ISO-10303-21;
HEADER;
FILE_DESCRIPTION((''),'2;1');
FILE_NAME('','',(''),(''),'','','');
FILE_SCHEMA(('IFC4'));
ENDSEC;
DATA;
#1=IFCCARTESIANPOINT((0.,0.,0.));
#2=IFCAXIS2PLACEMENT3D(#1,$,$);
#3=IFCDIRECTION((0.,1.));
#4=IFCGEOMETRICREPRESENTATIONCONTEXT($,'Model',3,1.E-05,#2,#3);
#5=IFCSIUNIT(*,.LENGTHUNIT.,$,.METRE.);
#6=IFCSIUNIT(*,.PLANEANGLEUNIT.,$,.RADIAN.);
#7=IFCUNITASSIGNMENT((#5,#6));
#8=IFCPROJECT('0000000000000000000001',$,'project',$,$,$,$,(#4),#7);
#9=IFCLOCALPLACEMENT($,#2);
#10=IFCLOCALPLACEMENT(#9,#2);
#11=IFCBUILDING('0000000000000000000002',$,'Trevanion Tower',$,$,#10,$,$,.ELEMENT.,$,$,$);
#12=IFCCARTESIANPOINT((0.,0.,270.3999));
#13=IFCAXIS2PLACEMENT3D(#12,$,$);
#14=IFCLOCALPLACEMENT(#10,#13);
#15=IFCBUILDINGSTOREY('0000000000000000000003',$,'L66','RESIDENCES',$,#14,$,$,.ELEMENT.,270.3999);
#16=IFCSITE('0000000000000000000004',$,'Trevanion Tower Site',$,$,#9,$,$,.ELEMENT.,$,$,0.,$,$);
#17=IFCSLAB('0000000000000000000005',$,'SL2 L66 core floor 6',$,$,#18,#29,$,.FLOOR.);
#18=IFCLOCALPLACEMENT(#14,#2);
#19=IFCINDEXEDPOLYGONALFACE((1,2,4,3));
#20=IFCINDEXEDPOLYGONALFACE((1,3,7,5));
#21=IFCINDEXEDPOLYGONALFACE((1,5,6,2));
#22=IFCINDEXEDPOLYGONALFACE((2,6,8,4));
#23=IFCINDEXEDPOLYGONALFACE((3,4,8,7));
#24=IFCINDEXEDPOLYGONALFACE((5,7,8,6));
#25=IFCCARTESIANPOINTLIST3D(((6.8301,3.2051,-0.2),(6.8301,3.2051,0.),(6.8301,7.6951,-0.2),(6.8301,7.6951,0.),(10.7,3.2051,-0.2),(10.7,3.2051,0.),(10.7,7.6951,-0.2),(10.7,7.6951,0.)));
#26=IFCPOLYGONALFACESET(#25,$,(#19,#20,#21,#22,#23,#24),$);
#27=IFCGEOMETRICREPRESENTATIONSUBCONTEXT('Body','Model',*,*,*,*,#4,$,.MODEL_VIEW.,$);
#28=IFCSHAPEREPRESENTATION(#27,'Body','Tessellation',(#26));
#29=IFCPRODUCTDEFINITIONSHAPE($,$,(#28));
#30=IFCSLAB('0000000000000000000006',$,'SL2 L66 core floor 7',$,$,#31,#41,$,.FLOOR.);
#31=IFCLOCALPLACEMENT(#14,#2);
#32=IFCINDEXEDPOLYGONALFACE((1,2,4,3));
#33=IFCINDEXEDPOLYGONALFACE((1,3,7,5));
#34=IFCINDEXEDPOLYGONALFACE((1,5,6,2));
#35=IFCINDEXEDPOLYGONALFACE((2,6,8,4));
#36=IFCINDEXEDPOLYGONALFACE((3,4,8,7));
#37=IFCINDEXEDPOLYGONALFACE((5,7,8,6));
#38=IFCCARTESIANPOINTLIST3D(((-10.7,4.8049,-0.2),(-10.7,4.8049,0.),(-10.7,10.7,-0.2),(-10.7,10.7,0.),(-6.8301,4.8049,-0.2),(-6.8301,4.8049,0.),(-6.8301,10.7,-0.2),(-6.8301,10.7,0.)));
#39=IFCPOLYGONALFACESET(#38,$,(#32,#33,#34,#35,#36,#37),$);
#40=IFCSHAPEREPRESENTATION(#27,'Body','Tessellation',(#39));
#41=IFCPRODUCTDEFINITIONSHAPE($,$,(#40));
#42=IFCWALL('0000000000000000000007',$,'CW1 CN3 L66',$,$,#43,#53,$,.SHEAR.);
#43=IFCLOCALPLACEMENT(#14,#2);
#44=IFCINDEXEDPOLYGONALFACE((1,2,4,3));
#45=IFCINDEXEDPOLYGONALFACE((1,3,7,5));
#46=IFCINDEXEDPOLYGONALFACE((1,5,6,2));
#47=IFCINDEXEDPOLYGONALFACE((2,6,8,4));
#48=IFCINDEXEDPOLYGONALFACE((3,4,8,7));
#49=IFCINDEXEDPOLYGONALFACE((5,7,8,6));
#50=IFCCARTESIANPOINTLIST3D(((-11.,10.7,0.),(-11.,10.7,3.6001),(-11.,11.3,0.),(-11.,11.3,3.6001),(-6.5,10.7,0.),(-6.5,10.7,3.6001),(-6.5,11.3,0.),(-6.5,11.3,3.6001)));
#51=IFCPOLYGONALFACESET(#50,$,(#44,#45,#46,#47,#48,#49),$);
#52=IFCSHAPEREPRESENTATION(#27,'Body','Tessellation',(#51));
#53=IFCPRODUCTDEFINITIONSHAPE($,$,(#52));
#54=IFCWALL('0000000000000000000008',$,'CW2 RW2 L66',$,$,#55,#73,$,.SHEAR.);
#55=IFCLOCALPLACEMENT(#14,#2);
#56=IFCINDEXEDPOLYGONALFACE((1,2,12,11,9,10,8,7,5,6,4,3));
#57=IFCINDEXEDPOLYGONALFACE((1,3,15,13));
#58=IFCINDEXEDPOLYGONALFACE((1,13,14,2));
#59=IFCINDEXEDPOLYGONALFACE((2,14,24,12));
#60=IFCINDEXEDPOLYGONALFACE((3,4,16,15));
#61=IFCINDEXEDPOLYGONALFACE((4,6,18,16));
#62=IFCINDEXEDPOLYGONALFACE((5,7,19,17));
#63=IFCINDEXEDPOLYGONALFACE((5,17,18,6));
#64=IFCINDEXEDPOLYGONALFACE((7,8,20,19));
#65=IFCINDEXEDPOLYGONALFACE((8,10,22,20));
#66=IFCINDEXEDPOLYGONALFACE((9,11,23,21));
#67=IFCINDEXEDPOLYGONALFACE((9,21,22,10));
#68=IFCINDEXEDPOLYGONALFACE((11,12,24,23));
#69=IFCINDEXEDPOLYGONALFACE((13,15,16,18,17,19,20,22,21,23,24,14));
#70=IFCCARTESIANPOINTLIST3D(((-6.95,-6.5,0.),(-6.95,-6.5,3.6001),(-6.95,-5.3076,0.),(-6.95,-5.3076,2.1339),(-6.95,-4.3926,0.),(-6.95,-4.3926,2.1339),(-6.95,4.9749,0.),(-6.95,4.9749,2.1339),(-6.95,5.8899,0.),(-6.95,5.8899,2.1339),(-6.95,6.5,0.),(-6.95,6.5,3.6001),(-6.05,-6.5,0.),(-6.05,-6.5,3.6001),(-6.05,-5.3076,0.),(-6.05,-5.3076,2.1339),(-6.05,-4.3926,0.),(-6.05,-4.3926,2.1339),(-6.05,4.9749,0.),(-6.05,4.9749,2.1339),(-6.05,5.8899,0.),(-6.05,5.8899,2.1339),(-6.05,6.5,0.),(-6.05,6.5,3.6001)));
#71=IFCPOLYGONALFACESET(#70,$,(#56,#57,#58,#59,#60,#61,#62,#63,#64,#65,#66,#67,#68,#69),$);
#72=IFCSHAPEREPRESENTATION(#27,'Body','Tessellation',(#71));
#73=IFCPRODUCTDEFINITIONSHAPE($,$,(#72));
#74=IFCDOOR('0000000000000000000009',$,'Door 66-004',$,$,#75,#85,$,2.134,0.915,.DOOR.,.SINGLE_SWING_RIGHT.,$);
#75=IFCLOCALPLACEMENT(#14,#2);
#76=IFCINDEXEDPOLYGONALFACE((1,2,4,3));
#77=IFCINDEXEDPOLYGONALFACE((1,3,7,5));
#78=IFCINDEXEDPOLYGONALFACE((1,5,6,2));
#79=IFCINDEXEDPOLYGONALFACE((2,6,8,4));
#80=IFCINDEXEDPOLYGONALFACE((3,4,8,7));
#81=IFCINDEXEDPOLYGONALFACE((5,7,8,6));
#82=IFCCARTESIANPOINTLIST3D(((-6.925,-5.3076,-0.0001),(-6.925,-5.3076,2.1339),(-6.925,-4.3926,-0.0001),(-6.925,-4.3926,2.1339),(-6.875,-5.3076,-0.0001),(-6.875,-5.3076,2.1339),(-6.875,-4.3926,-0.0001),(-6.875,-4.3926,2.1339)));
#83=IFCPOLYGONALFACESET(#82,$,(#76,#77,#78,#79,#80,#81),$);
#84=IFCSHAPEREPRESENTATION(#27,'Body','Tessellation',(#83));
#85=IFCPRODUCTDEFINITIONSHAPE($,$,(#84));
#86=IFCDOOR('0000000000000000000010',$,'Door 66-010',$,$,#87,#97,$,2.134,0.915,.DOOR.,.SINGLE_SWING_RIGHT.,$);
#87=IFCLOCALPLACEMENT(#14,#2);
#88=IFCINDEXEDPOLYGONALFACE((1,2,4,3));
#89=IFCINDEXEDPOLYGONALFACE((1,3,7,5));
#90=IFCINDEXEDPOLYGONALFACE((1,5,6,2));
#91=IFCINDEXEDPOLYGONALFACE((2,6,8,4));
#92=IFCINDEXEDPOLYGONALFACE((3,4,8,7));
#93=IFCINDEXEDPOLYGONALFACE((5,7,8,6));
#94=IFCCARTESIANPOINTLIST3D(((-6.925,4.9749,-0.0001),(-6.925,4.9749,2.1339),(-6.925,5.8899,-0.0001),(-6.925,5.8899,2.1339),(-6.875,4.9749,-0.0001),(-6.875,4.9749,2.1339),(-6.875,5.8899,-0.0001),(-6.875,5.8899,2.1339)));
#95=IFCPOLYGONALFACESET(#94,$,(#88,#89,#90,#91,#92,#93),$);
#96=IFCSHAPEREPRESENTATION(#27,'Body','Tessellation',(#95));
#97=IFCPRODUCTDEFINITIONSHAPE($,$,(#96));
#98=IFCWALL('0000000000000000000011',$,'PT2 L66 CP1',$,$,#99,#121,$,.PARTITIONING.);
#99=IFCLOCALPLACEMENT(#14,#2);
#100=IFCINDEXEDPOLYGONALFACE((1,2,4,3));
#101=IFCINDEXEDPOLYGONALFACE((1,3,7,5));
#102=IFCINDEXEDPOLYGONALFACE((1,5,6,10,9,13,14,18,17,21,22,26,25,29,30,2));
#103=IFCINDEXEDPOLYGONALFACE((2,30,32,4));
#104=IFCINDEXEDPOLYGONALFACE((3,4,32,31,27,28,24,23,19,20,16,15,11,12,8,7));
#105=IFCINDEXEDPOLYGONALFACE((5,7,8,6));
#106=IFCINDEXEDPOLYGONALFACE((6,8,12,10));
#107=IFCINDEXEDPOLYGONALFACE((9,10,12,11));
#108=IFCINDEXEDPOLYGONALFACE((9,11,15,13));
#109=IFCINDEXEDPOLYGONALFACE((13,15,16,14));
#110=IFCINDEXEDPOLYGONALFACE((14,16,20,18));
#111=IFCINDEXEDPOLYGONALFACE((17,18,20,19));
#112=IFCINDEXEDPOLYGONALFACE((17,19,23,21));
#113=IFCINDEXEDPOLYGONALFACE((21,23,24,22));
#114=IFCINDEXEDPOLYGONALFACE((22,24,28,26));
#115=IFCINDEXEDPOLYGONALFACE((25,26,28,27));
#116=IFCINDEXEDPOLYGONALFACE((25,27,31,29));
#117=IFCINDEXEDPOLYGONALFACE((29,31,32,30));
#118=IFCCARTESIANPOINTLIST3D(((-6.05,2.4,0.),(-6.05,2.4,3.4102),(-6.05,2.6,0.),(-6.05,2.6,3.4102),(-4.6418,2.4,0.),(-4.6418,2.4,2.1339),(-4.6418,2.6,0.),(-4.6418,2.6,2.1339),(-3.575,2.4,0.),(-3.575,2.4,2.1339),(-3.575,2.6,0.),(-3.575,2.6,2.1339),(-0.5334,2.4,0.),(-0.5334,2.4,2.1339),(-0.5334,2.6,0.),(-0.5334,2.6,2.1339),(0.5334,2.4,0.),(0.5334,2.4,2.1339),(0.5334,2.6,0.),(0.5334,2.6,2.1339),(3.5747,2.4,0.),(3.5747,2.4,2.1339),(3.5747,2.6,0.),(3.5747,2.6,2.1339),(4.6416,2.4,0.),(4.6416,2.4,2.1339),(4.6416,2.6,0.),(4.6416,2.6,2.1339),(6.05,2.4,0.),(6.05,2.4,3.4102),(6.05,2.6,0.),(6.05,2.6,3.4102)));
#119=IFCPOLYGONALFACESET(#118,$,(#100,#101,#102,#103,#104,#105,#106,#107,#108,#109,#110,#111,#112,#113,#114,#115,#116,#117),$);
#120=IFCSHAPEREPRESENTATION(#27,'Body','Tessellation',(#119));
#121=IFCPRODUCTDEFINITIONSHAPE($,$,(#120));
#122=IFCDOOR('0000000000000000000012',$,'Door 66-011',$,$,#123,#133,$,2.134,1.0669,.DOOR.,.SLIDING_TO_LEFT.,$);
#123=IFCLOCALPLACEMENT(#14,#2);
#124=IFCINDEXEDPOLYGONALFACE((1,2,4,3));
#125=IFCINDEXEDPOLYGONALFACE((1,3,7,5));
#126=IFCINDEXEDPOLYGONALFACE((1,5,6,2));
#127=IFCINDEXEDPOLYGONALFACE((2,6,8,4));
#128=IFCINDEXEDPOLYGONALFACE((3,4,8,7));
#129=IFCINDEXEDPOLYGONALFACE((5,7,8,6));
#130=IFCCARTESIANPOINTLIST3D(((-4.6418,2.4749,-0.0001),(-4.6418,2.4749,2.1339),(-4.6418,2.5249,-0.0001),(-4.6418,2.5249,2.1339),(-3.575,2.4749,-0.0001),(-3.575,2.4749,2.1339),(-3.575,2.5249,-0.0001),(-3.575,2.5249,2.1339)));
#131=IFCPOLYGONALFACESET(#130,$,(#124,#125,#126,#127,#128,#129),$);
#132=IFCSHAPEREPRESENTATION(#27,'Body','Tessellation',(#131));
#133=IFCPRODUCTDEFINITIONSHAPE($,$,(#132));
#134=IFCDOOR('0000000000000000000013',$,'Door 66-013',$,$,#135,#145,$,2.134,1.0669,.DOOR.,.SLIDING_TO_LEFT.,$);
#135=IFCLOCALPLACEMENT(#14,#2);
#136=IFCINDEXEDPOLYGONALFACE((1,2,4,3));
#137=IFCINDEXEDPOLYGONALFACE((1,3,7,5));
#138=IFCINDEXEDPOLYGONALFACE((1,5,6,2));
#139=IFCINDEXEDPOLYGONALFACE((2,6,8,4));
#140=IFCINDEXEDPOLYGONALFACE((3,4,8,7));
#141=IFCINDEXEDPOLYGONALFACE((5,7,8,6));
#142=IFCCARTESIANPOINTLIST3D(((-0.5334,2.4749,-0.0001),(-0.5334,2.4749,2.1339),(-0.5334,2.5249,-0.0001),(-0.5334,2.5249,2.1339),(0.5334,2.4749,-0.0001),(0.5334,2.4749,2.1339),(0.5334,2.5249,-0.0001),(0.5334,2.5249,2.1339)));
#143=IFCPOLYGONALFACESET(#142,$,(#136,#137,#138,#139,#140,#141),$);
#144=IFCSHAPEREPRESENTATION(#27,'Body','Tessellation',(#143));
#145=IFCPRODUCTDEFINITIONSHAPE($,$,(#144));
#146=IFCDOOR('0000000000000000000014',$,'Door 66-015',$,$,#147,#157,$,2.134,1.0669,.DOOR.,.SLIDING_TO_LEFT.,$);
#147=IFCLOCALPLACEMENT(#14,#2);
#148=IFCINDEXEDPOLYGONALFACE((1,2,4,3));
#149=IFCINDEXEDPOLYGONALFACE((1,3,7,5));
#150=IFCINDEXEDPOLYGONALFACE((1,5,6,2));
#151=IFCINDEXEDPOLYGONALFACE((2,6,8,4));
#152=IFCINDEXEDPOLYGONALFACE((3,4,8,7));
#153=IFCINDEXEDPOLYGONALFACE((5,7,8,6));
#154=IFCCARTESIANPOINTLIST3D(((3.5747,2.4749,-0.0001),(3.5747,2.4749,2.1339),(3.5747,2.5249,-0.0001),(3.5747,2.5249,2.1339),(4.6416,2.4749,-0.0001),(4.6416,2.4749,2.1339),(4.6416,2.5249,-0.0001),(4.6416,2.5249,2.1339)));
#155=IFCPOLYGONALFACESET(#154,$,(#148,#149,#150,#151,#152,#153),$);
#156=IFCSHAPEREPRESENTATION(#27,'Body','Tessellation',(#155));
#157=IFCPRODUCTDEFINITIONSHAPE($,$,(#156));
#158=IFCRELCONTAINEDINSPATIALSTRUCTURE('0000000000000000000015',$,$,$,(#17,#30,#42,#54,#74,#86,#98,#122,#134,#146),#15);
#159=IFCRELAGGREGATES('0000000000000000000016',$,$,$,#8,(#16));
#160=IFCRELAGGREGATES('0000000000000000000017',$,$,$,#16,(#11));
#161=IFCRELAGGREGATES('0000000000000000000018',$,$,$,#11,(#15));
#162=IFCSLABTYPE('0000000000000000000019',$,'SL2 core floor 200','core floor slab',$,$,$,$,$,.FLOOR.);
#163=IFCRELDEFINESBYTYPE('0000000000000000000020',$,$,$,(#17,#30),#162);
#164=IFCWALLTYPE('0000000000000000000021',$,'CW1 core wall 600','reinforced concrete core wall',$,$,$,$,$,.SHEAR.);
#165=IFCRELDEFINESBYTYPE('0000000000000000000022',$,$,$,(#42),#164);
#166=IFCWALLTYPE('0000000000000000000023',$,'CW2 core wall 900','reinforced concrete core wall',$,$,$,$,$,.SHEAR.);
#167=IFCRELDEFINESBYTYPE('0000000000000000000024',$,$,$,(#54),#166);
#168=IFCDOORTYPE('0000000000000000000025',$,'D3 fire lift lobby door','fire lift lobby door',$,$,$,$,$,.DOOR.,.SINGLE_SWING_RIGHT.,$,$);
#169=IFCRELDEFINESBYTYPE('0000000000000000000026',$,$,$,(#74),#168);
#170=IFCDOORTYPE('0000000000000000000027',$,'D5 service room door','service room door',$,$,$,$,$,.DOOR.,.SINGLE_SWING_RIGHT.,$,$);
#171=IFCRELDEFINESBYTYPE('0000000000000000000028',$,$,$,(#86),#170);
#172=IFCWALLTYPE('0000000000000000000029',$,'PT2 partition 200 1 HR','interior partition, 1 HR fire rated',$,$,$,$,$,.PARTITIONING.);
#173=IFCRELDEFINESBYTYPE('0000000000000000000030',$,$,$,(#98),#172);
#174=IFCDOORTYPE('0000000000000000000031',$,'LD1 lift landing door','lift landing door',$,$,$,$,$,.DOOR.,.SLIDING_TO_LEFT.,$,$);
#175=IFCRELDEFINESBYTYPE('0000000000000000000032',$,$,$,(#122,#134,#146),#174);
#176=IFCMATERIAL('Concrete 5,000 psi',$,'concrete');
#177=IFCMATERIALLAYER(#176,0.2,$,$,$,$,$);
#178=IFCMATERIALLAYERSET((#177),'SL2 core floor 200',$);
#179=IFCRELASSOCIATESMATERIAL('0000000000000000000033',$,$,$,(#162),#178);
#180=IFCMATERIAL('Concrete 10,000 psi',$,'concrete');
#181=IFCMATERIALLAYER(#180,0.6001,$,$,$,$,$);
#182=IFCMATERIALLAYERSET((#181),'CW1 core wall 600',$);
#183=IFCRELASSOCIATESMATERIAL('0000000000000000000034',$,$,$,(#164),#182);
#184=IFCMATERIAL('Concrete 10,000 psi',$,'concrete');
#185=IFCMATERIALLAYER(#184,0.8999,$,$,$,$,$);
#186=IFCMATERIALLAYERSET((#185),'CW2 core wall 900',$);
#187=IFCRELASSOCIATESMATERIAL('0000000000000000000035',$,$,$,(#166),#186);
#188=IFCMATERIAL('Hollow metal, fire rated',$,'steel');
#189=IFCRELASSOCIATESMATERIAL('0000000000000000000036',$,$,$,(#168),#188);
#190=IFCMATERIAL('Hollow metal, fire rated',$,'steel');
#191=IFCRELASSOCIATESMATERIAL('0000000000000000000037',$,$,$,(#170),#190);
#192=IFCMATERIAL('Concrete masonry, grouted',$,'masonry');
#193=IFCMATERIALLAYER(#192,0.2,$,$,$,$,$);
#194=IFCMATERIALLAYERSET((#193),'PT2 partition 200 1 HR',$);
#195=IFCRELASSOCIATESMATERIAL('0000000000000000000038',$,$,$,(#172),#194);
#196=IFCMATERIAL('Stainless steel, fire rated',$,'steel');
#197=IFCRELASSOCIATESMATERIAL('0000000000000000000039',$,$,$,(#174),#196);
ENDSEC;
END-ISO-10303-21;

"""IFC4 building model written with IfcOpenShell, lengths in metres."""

from ifc_helpers import new_model, si_unit, direction, frame, frame_2d, origin, place, context, subcontext, project, spatial, polyline, rectangle, outline, extrude, material, layer, layer_set, type_object, element, fill, save


model = new_model("IFC4")

# Units and contexts
model_context = context("Model", 3, precision=1e-05, world=origin(), true_north=direction((0.0, 1.0)))
body_context = subcontext(model_context, "Body", "Model", "MODEL_VIEW")
ifc_project = project(units=[si_unit("LENGTHUNIT", "METRE"), si_unit("PLANEANGLEUNIT", "RADIAN")], contexts=[model_context])

# Site, building, storey
site_placement = place(None, origin())
site = spatial("IfcSite", under=ifc_project, at=site_placement, Name="Trevanion Tower Site", CompositionType="ELEMENT", RefElevation=0.0)
building_placement = place(site_placement, origin())
building = spatial("IfcBuilding", under=site, at=building_placement, Name="Trevanion Tower", CompositionType="ELEMENT")
storey_placement = place(building_placement, frame((0.0, 0.0, 270.3999)))
storey = spatial("IfcBuildingStorey", under=building, at=storey_placement, Name="L66", Description="RESIDENCES", CompositionType="ELEMENT", Elevation=270.3999)

# Slabs
ifc_material_1 = material(Name="Concrete 5,000 psi", Category="concrete")
ifc_layer_1 = layer(ifc_material_1, 0.2)
ifc_layer_set_1 = layer_set([ifc_layer_1], Name="SL2 core floor 200")
slab_type = type_object("IfcSlabType", Name="SL2 core floor 200", Description="core floor slab", PredefinedType="FLOOR", material=ifc_layer_set_1)
slab_1_placement = place(storey_placement, frame((0.0, 0.0, -0.2)))
element("IfcSlab", 1, at=slab_1_placement, inside=storey, type_object=slab_type, Name="SL2 L66 core floor 6", PredefinedType="FLOOR", context=body_context, shape_type="SweptSolid", body=[
    extrude(outline(polyline([(6.8301, 3.2051), (6.8301, 7.6951), (10.7, 7.6951), (10.7, 3.2051), (6.8301, 3.2051)])), origin(), (0.0, 0.0, 1.0), 0.2),
])
slab_2_placement = place(storey_placement, frame((0.0, 0.0, -0.2)))
element("IfcSlab", 2, at=slab_2_placement, inside=storey, type_object=slab_type, Name="SL2 L66 core floor 7", PredefinedType="FLOOR", context=body_context, shape_type="SweptSolid", body=[
    extrude(outline(polyline([(-6.8301, 4.8049), (-10.7, 4.8049), (-10.7, 10.7), (-6.8301, 10.7), (-6.8301, 4.8049)])), origin(), (0.0, 0.0, 1.0), 0.2),
])

# Wall
ifc_material_2 = material(Name="Concrete 10,000 psi", Category="concrete")
ifc_layer_2 = layer(ifc_material_2, 0.6001)
ifc_layer_set_2 = layer_set([ifc_layer_2], Name="CW1 core wall 600")
wall_type_1 = type_object("IfcWallType", Name="CW1 core wall 600", Description="reinforced concrete core wall", PredefinedType="SHEAR", material=ifc_layer_set_2)
wall_1_placement = place(storey_placement, frame((-6.5, 11.0, 0.0), z_axis=(0.0, 0.0, 1.0), x_axis=(-1.0, 0.0, 0.0)))
element("IfcWall", 3, at=wall_1_placement, inside=storey, type_object=wall_type_1, Name="CW1 CN3 L66", PredefinedType="SHEAR", context=body_context, shape_type="SweptSolid", body=[
    extrude(rectangle(XDim=4.5, YDim=0.6001, at=frame_2d((2.25, 0.0))), origin(), (0.0, 0.0, 1.0), 3.6001),
])

# Walls, openings, doors
ifc_material_3 = material(Name="Concrete 10,000 psi", Category="concrete")
ifc_layer_3 = layer(ifc_material_3, 0.8999)
ifc_layer_set_3 = layer_set([ifc_layer_3], Name="CW2 core wall 900")
wall_type_2 = type_object("IfcWallType", Name="CW2 core wall 900", Description="reinforced concrete core wall", PredefinedType="SHEAR", material=ifc_layer_set_3)
wall_2_placement = place(storey_placement, frame((-6.5, 6.5, 0.0), z_axis=(0.0, 0.0, 1.0), x_axis=(0.0, -1.0, 0.0)))
wall_2 = element("IfcWall", 4, at=wall_2_placement, inside=storey, type_object=wall_type_2, Name="CW2 RW2 L66", PredefinedType="SHEAR", context=body_context, shape_type="SweptSolid", body=[
    extrude(rectangle(XDim=13.0, YDim=0.8999, at=frame_2d((6.5, 0.0))), origin(), (0.0, 0.0, 1.0), 3.6001),
])
opening_1_placement = place(wall_2_placement, frame((10.8926, 0.0, 0.0)))
opening_1 = element("IfcOpeningElement", 5, at=opening_1_placement, cuts=wall_2, PredefinedType="OPENING", context=body_context, shape_type="SweptSolid", body=[
    extrude(rectangle(XDim=0.915, YDim=2.134, at=frame_2d((0.4575, 1.0669))), frame((0.0, 0.46, 0.0), z_axis=(0.0, -1.0, 0.0), x_axis=(1.0, 0.0, 0.0)), (0.0, 0.0, 1.0), 0.9199),
])
opening_2_placement = place(wall_2_placement, frame((0.6101, 0.0, 0.0)))
opening_2 = element("IfcOpeningElement", 6, at=opening_2_placement, cuts=wall_2, PredefinedType="OPENING", context=body_context, shape_type="SweptSolid", body=[
    extrude(rectangle(XDim=0.915, YDim=2.134, at=frame_2d((0.4575, 1.0669))), frame((0.0, 0.46, 0.0), z_axis=(0.0, -1.0, 0.0), x_axis=(1.0, 0.0, 0.0)), (0.0, 0.0, 1.0), 0.9199),
])
ifc_material_4 = material(Name="Hollow metal, fire rated", Category="steel")
door_type_1 = type_object("IfcDoorType", Name="D3 fire lift lobby door", Description="fire lift lobby door", OperationType="SINGLE_SWING_RIGHT", PredefinedType="DOOR", material=ifc_material_4)
door_1_placement = place(opening_1_placement, origin())
door_1 = element("IfcDoor", 7, at=door_1_placement, inside=storey, type_object=door_type_1, Name="Door 66-004", OperationType="SINGLE_SWING_RIGHT", OverallHeight=2.134, OverallWidth=0.915, PredefinedType="DOOR", context=body_context, shape_type="SweptSolid", body=[
    extrude(rectangle(XDim=0.915, YDim=2.134, at=frame_2d((0.4575, 1.0669))), frame((0.0, -0.375, 0.0), z_axis=(0.0, -1.0, 0.0), x_axis=(1.0, 0.0, 0.0)), (0.0, 0.0, 1.0), 0.05),
])
fill(opening_1, door_1)
ifc_material_5 = material(Name="Hollow metal, fire rated", Category="steel")
door_type_2 = type_object("IfcDoorType", Name="D5 service room door", Description="service room door", OperationType="SINGLE_SWING_RIGHT", PredefinedType="DOOR", material=ifc_material_5)
door_2_placement = place(opening_2_placement, origin())
door_2 = element("IfcDoor", 8, at=door_2_placement, inside=storey, type_object=door_type_2, Name="Door 66-010", OperationType="SINGLE_SWING_RIGHT", OverallHeight=2.134, OverallWidth=0.915, PredefinedType="DOOR", context=body_context, shape_type="SweptSolid", body=[
    extrude(rectangle(XDim=0.915, YDim=2.134, at=frame_2d((0.4575, 1.0669))), frame((0.0, -0.375, 0.0), z_axis=(0.0, -1.0, 0.0), x_axis=(1.0, 0.0, 0.0)), (0.0, 0.0, 1.0), 0.05),
])
fill(opening_2, door_2)
ifc_material_6 = material(Name="Concrete masonry, grouted", Category="masonry")
ifc_layer_4 = layer(ifc_material_6, 0.2)
ifc_layer_set_4 = layer_set([ifc_layer_4], Name="PT2 partition 200 1 HR")
wall_type_3 = type_object("IfcWallType", Name="PT2 partition 200 1 HR", Description="interior partition, 1 HR fire rated", PredefinedType="PARTITIONING", material=ifc_layer_set_4)
wall_3_placement = place(storey_placement, frame((-6.05, 2.5, 0.0), z_axis=(0.0, 0.0, 1.0), x_axis=(1.0, 0.0, 0.0)))
wall_3 = element("IfcWall", 9, at=wall_3_placement, inside=storey, type_object=wall_type_3, Name="PT2 L66 CP1", PredefinedType="PARTITIONING", context=body_context, shape_type="SweptSolid", body=[
    extrude(rectangle(XDim=12.1001, YDim=0.2, at=frame_2d((6.05, 0.0))), origin(), (0.0, 0.0, 1.0), 3.4102),
])
opening_3_placement = place(wall_3_placement, frame((1.4082, 0.0, 0.0)))
opening_3 = element("IfcOpeningElement", 10, at=opening_3_placement, cuts=wall_3, PredefinedType="OPENING", context=body_context, shape_type="SweptSolid", body=[
    extrude(rectangle(XDim=1.0669, YDim=2.134, at=frame_2d((0.5334, 1.0669))), frame((0.0, 0.1099, 0.0), z_axis=(0.0, -1.0, 0.0), x_axis=(1.0, 0.0, 0.0)), (0.0, 0.0, 1.0), 0.22),
])
opening_4_placement = place(wall_3_placement, frame((5.5166, 0.0, 0.0)))
opening_4 = element("IfcOpeningElement", 11, at=opening_4_placement, cuts=wall_3, PredefinedType="OPENING", context=body_context, shape_type="SweptSolid", body=[
    extrude(rectangle(XDim=1.0669, YDim=2.134, at=frame_2d((0.5334, 1.0669))), frame((0.0, 0.1099, 0.0), z_axis=(0.0, -1.0, 0.0), x_axis=(1.0, 0.0, 0.0)), (0.0, 0.0, 1.0), 0.22),
])
opening_5_placement = place(wall_3_placement, frame((9.6248, 0.0, 0.0)))
opening_5 = element("IfcOpeningElement", 12, at=opening_5_placement, cuts=wall_3, PredefinedType="OPENING", context=body_context, shape_type="SweptSolid", body=[
    extrude(rectangle(XDim=1.0669, YDim=2.134, at=frame_2d((0.5334, 1.0669))), frame((0.0, 0.1099, 0.0), z_axis=(0.0, -1.0, 0.0), x_axis=(1.0, 0.0, 0.0)), (0.0, 0.0, 1.0), 0.22),
])
ifc_material_7 = material(Name="Stainless steel, fire rated", Category="steel")
door_type_3 = type_object("IfcDoorType", Name="LD1 lift landing door", Description="lift landing door", OperationType="SLIDING_TO_LEFT", PredefinedType="DOOR", material=ifc_material_7)
door_3_placement = place(opening_3_placement, origin())
door_3 = element("IfcDoor", 13, at=door_3_placement, inside=storey, type_object=door_type_3, Name="Door 66-011", OperationType="SLIDING_TO_LEFT", OverallHeight=2.134, OverallWidth=1.0669, PredefinedType="DOOR", context=body_context, shape_type="SweptSolid", body=[
    extrude(rectangle(XDim=1.0669, YDim=2.134, at=frame_2d((0.5334, 1.0669))), frame((0.0, 0.0249, 0.0), z_axis=(0.0, -1.0, 0.0), x_axis=(1.0, 0.0, 0.0)), (0.0, 0.0, 1.0), 0.05),
])
fill(opening_3, door_3)
door_4_placement = place(opening_4_placement, origin())
door_4 = element("IfcDoor", 14, at=door_4_placement, inside=storey, type_object=door_type_3, Name="Door 66-013", OperationType="SLIDING_TO_LEFT", OverallHeight=2.134, OverallWidth=1.0669, PredefinedType="DOOR", context=body_context, shape_type="SweptSolid", body=[
    extrude(rectangle(XDim=1.0669, YDim=2.134, at=frame_2d((0.5334, 1.0669))), frame((0.0, 0.0249, 0.0), z_axis=(0.0, -1.0, 0.0), x_axis=(1.0, 0.0, 0.0)), (0.0, 0.0, 1.0), 0.05),
])
fill(opening_4, door_4)
door_5_placement = place(opening_5_placement, origin())
door_5 = element("IfcDoor", 15, at=door_5_placement, inside=storey, type_object=door_type_3, Name="Door 66-015", OperationType="SLIDING_TO_LEFT", OverallHeight=2.134, OverallWidth=1.0669, PredefinedType="DOOR", context=body_context, shape_type="SweptSolid", body=[
    extrude(rectangle(XDim=1.0669, YDim=2.134, at=frame_2d((0.5334, 1.0669))), frame((0.0, 0.0249, 0.0), z_axis=(0.0, -1.0, 0.0), x_axis=(1.0, 0.0, 0.0)), (0.0, 0.0, 1.0), 0.05),
])
fill(opening_5, door_5)

save(model, "model.ifc")
